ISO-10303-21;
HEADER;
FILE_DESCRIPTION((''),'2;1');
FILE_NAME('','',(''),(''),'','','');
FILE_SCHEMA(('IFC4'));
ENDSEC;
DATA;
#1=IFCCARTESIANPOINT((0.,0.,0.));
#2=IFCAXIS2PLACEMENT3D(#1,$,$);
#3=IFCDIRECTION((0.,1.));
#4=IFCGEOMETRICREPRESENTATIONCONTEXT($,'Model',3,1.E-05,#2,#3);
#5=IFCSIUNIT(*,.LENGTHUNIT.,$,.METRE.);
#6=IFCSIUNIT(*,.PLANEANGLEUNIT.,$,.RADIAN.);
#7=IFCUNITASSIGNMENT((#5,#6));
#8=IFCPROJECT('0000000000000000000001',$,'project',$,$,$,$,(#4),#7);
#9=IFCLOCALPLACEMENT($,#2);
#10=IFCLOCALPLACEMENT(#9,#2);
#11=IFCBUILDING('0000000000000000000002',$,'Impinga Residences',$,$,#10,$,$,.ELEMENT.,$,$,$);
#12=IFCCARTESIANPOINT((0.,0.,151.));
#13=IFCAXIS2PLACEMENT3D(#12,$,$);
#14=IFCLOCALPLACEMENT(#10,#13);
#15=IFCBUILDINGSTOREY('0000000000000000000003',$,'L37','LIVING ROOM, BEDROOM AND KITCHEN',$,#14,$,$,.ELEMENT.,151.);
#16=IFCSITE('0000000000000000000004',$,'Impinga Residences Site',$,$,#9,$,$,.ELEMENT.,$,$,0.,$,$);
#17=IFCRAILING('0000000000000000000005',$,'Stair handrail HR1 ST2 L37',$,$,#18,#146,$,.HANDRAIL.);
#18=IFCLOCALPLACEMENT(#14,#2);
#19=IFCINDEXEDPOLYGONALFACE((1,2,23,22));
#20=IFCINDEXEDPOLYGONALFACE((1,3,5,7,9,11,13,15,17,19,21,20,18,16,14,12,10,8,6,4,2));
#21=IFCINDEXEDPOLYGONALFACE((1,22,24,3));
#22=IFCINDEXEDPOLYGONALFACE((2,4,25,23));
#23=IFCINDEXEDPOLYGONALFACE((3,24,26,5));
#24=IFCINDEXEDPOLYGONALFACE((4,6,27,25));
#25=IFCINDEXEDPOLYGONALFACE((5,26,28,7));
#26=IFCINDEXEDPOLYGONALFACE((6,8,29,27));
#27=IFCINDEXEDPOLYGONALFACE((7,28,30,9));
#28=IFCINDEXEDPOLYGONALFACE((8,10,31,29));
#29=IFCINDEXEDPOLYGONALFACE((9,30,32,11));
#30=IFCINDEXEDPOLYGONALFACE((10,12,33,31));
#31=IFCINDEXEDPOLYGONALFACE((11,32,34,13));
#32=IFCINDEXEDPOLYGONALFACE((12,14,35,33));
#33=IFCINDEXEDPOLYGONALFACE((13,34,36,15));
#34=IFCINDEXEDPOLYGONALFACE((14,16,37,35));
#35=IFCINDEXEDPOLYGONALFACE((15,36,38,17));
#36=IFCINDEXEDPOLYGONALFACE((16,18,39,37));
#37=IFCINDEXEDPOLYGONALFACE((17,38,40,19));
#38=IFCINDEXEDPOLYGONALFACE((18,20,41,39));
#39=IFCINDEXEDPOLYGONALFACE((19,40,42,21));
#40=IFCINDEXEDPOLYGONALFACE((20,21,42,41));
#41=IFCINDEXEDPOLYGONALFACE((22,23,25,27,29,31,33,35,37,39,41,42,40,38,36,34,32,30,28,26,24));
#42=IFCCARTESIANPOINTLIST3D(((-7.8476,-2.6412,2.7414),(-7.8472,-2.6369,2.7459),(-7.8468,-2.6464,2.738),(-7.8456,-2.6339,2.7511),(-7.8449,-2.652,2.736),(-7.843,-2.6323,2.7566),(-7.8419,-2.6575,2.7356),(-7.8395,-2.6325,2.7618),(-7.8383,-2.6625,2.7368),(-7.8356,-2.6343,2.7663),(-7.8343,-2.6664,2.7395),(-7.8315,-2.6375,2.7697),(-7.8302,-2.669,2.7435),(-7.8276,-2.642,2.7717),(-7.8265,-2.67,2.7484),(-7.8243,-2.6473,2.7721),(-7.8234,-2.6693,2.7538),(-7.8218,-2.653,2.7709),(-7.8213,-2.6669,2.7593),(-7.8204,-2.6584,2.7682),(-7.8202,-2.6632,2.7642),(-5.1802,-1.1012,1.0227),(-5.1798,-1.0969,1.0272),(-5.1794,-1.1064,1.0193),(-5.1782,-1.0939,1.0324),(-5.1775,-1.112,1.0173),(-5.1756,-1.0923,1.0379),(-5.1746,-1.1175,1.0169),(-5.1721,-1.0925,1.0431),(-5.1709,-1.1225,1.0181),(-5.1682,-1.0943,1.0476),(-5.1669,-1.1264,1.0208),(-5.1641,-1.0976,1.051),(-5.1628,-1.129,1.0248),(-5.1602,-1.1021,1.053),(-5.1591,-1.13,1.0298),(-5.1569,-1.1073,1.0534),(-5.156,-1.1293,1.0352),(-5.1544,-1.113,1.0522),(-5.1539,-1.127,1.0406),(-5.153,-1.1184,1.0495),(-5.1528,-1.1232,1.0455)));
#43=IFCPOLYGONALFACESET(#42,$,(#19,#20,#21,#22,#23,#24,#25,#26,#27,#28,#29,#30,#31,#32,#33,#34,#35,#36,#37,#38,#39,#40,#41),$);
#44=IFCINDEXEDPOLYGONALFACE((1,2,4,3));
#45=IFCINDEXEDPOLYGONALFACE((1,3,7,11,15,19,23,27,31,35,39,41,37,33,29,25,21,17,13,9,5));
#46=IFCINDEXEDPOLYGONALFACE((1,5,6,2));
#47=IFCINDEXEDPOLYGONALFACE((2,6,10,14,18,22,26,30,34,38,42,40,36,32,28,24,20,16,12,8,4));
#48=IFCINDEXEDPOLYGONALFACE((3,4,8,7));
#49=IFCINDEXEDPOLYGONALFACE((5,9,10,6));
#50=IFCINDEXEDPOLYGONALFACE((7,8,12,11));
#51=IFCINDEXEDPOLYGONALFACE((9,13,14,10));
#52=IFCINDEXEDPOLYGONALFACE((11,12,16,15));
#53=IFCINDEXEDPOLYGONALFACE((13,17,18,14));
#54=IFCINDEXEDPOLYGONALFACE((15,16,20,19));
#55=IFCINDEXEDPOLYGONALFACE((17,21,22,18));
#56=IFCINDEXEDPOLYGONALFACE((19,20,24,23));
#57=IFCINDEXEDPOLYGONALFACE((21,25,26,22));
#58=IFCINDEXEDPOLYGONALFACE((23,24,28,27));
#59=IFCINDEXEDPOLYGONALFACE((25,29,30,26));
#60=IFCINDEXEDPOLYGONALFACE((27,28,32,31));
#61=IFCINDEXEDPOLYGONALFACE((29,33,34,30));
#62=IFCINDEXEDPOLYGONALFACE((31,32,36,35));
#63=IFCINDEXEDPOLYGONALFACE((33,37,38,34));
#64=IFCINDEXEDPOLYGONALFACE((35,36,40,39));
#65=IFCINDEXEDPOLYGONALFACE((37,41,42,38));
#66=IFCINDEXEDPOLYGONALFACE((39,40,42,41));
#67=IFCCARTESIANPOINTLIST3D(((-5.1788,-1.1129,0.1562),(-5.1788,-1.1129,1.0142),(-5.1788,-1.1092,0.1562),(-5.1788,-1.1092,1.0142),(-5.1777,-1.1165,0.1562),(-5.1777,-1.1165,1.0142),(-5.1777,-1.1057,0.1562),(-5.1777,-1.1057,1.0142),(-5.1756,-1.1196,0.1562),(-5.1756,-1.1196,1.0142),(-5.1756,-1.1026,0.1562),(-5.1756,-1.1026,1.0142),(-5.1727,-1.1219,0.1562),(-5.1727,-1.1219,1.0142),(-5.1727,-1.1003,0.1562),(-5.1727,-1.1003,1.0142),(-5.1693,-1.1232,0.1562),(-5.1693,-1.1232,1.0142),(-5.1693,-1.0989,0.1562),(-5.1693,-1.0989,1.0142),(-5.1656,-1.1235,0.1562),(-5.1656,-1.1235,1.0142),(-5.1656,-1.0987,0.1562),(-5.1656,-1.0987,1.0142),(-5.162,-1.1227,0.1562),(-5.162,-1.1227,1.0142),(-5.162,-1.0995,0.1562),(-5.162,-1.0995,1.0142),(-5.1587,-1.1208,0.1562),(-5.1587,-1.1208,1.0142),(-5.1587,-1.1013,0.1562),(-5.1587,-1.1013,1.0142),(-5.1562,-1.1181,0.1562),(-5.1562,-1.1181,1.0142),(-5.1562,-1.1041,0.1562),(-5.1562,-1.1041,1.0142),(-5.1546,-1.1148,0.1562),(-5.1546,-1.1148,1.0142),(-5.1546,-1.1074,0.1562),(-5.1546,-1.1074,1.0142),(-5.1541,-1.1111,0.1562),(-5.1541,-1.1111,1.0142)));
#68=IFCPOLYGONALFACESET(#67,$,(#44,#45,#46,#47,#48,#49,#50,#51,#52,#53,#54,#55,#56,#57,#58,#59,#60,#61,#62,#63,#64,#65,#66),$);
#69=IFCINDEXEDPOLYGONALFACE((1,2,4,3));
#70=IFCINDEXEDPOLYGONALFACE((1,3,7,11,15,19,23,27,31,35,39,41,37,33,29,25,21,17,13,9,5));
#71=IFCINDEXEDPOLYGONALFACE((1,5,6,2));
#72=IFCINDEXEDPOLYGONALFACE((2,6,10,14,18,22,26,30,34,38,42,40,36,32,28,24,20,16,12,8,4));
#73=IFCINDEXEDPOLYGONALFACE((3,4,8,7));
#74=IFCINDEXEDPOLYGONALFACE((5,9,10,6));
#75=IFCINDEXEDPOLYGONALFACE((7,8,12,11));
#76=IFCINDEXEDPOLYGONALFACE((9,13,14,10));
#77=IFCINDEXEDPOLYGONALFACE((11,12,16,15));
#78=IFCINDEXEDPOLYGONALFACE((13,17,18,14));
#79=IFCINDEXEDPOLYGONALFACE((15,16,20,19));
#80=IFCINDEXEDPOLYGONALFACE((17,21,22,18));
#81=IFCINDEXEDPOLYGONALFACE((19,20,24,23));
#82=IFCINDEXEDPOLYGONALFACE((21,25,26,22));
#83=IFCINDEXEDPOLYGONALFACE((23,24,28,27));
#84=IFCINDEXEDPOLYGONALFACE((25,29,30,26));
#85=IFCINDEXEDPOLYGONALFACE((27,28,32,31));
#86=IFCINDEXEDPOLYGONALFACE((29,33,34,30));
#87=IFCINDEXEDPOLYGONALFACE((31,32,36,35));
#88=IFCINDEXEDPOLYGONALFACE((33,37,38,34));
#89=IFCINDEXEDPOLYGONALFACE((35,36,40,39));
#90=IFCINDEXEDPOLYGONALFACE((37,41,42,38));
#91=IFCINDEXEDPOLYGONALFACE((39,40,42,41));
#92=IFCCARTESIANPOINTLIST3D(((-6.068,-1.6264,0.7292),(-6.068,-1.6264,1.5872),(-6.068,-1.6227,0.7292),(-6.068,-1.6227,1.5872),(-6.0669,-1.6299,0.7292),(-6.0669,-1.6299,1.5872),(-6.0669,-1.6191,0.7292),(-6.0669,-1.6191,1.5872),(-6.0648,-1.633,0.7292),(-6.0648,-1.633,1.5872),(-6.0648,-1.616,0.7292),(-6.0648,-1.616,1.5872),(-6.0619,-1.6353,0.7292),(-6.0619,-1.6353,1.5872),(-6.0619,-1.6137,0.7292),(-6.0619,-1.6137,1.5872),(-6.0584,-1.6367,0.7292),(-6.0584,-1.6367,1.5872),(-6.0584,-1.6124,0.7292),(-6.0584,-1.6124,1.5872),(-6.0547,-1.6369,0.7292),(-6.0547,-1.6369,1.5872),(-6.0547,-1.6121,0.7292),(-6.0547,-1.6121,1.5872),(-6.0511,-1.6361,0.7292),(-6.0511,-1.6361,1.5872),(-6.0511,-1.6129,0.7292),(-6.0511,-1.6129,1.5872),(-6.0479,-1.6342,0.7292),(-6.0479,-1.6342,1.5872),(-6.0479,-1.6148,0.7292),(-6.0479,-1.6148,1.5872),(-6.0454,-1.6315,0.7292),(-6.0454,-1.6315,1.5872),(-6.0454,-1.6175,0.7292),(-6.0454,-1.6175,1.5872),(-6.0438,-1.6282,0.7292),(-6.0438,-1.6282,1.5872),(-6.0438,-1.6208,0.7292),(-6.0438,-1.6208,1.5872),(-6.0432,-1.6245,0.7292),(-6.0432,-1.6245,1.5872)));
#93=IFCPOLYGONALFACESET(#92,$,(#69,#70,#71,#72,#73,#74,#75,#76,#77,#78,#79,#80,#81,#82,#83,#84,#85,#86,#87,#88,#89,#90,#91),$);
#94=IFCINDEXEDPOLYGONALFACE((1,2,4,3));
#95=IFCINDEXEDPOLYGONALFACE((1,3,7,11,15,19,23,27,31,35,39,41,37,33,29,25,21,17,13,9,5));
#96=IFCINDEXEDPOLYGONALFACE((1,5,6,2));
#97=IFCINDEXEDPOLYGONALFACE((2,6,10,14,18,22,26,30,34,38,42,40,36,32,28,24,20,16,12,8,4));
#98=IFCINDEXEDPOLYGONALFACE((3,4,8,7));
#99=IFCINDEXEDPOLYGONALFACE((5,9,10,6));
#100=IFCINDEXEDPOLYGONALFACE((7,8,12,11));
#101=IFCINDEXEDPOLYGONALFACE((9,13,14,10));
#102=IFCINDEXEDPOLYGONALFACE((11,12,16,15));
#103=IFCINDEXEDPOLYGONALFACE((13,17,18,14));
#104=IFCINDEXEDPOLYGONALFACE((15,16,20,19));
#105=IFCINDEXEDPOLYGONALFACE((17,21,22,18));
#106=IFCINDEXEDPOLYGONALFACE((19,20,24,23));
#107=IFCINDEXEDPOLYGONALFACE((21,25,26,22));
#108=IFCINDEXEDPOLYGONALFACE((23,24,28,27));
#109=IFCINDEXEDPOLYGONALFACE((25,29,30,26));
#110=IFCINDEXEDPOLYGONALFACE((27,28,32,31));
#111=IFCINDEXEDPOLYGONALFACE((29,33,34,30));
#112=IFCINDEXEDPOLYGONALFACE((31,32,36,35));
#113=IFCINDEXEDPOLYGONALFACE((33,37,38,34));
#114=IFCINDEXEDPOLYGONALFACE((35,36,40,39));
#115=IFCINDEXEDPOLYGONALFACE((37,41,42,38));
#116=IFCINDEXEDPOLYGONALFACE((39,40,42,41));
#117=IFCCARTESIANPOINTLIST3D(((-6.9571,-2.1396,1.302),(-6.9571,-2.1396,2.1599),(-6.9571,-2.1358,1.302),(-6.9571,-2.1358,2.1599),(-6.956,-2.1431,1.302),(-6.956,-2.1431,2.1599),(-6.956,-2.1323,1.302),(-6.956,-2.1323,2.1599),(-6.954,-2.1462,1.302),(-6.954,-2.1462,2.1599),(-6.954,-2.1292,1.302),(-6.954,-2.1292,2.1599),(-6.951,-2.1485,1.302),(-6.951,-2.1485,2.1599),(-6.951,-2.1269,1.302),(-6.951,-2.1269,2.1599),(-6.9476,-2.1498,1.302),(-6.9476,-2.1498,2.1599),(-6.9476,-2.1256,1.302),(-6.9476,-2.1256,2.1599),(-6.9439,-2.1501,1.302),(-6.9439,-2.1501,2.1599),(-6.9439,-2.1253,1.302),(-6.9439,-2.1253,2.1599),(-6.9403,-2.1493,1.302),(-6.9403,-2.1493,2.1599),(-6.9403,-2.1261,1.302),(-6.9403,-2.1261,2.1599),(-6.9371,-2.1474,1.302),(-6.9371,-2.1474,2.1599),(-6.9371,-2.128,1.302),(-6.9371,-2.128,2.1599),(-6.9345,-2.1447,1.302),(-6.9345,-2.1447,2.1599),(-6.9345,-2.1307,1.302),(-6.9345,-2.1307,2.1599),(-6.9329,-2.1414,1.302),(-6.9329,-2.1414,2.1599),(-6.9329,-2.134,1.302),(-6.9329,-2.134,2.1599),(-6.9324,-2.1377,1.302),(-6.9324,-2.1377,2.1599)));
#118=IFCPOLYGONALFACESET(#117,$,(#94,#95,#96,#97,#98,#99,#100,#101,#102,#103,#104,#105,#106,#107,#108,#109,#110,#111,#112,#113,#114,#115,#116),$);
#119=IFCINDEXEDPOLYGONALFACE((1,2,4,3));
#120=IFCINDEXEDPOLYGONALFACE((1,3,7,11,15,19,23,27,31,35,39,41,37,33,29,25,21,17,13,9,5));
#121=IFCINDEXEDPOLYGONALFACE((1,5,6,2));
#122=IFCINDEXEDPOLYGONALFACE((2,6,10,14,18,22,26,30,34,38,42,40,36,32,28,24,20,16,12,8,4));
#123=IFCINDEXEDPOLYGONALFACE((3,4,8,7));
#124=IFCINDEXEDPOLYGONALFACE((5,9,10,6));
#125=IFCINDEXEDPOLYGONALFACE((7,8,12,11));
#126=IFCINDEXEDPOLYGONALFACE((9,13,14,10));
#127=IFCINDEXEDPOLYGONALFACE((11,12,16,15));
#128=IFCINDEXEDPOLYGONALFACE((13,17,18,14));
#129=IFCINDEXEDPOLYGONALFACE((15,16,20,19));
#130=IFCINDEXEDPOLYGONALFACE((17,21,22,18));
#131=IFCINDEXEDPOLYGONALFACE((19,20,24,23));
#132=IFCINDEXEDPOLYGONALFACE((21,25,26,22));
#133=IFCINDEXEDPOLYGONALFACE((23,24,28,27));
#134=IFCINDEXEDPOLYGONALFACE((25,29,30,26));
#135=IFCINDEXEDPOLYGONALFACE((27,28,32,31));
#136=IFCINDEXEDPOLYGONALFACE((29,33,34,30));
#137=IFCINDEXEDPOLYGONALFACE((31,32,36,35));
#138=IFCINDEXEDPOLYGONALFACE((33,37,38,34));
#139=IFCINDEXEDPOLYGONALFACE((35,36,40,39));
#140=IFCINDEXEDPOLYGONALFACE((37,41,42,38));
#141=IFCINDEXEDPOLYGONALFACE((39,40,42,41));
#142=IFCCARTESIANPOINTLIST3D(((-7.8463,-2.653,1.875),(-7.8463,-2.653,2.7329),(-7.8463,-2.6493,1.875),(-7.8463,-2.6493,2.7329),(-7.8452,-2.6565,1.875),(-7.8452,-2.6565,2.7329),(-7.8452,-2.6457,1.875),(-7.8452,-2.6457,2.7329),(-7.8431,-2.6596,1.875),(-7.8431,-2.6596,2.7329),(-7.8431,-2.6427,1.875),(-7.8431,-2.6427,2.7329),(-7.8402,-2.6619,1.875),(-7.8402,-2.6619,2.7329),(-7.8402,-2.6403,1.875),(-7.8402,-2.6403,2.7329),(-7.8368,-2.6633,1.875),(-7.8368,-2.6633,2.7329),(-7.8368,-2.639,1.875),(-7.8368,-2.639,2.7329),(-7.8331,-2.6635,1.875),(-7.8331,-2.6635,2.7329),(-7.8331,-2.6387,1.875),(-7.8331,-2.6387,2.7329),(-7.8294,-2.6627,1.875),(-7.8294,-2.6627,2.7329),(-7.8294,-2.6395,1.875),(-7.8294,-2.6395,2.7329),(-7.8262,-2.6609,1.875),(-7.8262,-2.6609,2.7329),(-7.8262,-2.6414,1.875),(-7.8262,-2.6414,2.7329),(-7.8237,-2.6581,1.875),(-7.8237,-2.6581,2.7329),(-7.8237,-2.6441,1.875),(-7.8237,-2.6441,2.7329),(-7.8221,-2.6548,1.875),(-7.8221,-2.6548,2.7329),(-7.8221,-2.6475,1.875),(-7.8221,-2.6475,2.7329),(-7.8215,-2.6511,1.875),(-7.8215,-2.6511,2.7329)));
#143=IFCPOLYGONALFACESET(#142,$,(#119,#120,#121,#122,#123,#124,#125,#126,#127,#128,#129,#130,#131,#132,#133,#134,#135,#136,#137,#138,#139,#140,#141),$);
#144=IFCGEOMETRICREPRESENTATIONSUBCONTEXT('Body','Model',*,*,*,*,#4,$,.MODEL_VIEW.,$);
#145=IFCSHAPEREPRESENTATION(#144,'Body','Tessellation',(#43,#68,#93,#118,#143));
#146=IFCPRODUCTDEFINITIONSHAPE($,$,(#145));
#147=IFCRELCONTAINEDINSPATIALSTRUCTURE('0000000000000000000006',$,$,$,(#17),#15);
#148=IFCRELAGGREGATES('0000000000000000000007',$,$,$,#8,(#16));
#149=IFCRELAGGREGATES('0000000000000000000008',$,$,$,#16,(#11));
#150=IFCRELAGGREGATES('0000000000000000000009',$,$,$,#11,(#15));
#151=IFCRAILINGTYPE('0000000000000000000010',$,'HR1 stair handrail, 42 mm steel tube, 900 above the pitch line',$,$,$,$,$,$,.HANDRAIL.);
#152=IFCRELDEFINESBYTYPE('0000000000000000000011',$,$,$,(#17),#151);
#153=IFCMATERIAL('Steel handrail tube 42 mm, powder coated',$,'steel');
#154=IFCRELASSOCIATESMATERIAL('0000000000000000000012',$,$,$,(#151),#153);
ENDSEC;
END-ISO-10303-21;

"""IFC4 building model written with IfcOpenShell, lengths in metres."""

from ifc_helpers import new_model, si_unit, direction, frame, origin, origin_2d, place, context, subcontext, project, spatial, circle, extrude, material, type_object, element, save


model = new_model("IFC4")

# Units and contexts
model_context = context("Model", 3, precision=1e-05, world=origin(), true_north=direction((0.0, 1.0)))
body_context = subcontext(model_context, "Body", "Model", "MODEL_VIEW")
ifc_project = project(units=[si_unit("LENGTHUNIT", "METRE"), si_unit("PLANEANGLEUNIT", "RADIAN")], contexts=[model_context])

# Site, building, storey
site_placement = place(None, origin())
site = spatial("IfcSite", under=ifc_project, at=site_placement, Name="Impinga Residences Site", CompositionType="ELEMENT", RefElevation=0.0)
building_placement = place(site_placement, origin())
building = spatial("IfcBuilding", under=site, at=building_placement, Name="Impinga Residences", CompositionType="ELEMENT")
storey_placement = place(building_placement, frame((0.0, 0.0, 151.0)))
storey = spatial("IfcBuildingStorey", under=building, at=storey_placement, Name="L37", Description="LIVING ROOM, BEDROOM AND KITCHEN", CompositionType="ELEMENT", Elevation=151.0)

# Railing
ifc_material_1 = material(Name="Steel handrail tube 42 mm, powder coated", Category="steel")
railing_type_1 = type_object("IfcRailingType", Name="HR1 stair handrail, 42 mm steel tube, 900 above the pitch line", PredefinedType="HANDRAIL", material=ifc_material_1)
railing_1_placement = place(storey_placement, frame((-5.1665, -1.1111, 0.1562)))
element("IfcRailing", 1, at=railing_1_placement, inside=storey, type_object=railing_type_1, Name="Stair handrail HR1 ST2 L37", PredefinedType="HANDRAIL", context=body_context, shape_type="SweptSolid", body=[
    extrude(circle(Radius=0.021, at=origin_2d()), frame((0.0, 0.0, 0.8789), z_axis=(-0.756256, -0.436616, 0.487282), x_axis=(0.499992, -0.86603, 0.0)), (0.0, 0.0, 1.0), 3.5271),
    extrude(circle(Radius=0.0125, at=origin_2d()), origin(), (0.0, 0.0, 1.0), 0.8579),
    extrude(circle(Radius=0.0125, at=origin_2d()), frame((-0.8892, -0.5134, 0.573)), (0.0, 0.0, 1.0), 0.8579),
    extrude(circle(Radius=0.0125, at=origin_2d()), frame((-1.7783, -1.0266, 1.1458)), (0.0, 0.0, 1.0), 0.8579),
    extrude(circle(Radius=0.0125, at=origin_2d()), frame((-2.6675, -1.54, 1.7188)), (0.0, 0.0, 1.0), 0.8579),
])

save(model, "model.ifc")
